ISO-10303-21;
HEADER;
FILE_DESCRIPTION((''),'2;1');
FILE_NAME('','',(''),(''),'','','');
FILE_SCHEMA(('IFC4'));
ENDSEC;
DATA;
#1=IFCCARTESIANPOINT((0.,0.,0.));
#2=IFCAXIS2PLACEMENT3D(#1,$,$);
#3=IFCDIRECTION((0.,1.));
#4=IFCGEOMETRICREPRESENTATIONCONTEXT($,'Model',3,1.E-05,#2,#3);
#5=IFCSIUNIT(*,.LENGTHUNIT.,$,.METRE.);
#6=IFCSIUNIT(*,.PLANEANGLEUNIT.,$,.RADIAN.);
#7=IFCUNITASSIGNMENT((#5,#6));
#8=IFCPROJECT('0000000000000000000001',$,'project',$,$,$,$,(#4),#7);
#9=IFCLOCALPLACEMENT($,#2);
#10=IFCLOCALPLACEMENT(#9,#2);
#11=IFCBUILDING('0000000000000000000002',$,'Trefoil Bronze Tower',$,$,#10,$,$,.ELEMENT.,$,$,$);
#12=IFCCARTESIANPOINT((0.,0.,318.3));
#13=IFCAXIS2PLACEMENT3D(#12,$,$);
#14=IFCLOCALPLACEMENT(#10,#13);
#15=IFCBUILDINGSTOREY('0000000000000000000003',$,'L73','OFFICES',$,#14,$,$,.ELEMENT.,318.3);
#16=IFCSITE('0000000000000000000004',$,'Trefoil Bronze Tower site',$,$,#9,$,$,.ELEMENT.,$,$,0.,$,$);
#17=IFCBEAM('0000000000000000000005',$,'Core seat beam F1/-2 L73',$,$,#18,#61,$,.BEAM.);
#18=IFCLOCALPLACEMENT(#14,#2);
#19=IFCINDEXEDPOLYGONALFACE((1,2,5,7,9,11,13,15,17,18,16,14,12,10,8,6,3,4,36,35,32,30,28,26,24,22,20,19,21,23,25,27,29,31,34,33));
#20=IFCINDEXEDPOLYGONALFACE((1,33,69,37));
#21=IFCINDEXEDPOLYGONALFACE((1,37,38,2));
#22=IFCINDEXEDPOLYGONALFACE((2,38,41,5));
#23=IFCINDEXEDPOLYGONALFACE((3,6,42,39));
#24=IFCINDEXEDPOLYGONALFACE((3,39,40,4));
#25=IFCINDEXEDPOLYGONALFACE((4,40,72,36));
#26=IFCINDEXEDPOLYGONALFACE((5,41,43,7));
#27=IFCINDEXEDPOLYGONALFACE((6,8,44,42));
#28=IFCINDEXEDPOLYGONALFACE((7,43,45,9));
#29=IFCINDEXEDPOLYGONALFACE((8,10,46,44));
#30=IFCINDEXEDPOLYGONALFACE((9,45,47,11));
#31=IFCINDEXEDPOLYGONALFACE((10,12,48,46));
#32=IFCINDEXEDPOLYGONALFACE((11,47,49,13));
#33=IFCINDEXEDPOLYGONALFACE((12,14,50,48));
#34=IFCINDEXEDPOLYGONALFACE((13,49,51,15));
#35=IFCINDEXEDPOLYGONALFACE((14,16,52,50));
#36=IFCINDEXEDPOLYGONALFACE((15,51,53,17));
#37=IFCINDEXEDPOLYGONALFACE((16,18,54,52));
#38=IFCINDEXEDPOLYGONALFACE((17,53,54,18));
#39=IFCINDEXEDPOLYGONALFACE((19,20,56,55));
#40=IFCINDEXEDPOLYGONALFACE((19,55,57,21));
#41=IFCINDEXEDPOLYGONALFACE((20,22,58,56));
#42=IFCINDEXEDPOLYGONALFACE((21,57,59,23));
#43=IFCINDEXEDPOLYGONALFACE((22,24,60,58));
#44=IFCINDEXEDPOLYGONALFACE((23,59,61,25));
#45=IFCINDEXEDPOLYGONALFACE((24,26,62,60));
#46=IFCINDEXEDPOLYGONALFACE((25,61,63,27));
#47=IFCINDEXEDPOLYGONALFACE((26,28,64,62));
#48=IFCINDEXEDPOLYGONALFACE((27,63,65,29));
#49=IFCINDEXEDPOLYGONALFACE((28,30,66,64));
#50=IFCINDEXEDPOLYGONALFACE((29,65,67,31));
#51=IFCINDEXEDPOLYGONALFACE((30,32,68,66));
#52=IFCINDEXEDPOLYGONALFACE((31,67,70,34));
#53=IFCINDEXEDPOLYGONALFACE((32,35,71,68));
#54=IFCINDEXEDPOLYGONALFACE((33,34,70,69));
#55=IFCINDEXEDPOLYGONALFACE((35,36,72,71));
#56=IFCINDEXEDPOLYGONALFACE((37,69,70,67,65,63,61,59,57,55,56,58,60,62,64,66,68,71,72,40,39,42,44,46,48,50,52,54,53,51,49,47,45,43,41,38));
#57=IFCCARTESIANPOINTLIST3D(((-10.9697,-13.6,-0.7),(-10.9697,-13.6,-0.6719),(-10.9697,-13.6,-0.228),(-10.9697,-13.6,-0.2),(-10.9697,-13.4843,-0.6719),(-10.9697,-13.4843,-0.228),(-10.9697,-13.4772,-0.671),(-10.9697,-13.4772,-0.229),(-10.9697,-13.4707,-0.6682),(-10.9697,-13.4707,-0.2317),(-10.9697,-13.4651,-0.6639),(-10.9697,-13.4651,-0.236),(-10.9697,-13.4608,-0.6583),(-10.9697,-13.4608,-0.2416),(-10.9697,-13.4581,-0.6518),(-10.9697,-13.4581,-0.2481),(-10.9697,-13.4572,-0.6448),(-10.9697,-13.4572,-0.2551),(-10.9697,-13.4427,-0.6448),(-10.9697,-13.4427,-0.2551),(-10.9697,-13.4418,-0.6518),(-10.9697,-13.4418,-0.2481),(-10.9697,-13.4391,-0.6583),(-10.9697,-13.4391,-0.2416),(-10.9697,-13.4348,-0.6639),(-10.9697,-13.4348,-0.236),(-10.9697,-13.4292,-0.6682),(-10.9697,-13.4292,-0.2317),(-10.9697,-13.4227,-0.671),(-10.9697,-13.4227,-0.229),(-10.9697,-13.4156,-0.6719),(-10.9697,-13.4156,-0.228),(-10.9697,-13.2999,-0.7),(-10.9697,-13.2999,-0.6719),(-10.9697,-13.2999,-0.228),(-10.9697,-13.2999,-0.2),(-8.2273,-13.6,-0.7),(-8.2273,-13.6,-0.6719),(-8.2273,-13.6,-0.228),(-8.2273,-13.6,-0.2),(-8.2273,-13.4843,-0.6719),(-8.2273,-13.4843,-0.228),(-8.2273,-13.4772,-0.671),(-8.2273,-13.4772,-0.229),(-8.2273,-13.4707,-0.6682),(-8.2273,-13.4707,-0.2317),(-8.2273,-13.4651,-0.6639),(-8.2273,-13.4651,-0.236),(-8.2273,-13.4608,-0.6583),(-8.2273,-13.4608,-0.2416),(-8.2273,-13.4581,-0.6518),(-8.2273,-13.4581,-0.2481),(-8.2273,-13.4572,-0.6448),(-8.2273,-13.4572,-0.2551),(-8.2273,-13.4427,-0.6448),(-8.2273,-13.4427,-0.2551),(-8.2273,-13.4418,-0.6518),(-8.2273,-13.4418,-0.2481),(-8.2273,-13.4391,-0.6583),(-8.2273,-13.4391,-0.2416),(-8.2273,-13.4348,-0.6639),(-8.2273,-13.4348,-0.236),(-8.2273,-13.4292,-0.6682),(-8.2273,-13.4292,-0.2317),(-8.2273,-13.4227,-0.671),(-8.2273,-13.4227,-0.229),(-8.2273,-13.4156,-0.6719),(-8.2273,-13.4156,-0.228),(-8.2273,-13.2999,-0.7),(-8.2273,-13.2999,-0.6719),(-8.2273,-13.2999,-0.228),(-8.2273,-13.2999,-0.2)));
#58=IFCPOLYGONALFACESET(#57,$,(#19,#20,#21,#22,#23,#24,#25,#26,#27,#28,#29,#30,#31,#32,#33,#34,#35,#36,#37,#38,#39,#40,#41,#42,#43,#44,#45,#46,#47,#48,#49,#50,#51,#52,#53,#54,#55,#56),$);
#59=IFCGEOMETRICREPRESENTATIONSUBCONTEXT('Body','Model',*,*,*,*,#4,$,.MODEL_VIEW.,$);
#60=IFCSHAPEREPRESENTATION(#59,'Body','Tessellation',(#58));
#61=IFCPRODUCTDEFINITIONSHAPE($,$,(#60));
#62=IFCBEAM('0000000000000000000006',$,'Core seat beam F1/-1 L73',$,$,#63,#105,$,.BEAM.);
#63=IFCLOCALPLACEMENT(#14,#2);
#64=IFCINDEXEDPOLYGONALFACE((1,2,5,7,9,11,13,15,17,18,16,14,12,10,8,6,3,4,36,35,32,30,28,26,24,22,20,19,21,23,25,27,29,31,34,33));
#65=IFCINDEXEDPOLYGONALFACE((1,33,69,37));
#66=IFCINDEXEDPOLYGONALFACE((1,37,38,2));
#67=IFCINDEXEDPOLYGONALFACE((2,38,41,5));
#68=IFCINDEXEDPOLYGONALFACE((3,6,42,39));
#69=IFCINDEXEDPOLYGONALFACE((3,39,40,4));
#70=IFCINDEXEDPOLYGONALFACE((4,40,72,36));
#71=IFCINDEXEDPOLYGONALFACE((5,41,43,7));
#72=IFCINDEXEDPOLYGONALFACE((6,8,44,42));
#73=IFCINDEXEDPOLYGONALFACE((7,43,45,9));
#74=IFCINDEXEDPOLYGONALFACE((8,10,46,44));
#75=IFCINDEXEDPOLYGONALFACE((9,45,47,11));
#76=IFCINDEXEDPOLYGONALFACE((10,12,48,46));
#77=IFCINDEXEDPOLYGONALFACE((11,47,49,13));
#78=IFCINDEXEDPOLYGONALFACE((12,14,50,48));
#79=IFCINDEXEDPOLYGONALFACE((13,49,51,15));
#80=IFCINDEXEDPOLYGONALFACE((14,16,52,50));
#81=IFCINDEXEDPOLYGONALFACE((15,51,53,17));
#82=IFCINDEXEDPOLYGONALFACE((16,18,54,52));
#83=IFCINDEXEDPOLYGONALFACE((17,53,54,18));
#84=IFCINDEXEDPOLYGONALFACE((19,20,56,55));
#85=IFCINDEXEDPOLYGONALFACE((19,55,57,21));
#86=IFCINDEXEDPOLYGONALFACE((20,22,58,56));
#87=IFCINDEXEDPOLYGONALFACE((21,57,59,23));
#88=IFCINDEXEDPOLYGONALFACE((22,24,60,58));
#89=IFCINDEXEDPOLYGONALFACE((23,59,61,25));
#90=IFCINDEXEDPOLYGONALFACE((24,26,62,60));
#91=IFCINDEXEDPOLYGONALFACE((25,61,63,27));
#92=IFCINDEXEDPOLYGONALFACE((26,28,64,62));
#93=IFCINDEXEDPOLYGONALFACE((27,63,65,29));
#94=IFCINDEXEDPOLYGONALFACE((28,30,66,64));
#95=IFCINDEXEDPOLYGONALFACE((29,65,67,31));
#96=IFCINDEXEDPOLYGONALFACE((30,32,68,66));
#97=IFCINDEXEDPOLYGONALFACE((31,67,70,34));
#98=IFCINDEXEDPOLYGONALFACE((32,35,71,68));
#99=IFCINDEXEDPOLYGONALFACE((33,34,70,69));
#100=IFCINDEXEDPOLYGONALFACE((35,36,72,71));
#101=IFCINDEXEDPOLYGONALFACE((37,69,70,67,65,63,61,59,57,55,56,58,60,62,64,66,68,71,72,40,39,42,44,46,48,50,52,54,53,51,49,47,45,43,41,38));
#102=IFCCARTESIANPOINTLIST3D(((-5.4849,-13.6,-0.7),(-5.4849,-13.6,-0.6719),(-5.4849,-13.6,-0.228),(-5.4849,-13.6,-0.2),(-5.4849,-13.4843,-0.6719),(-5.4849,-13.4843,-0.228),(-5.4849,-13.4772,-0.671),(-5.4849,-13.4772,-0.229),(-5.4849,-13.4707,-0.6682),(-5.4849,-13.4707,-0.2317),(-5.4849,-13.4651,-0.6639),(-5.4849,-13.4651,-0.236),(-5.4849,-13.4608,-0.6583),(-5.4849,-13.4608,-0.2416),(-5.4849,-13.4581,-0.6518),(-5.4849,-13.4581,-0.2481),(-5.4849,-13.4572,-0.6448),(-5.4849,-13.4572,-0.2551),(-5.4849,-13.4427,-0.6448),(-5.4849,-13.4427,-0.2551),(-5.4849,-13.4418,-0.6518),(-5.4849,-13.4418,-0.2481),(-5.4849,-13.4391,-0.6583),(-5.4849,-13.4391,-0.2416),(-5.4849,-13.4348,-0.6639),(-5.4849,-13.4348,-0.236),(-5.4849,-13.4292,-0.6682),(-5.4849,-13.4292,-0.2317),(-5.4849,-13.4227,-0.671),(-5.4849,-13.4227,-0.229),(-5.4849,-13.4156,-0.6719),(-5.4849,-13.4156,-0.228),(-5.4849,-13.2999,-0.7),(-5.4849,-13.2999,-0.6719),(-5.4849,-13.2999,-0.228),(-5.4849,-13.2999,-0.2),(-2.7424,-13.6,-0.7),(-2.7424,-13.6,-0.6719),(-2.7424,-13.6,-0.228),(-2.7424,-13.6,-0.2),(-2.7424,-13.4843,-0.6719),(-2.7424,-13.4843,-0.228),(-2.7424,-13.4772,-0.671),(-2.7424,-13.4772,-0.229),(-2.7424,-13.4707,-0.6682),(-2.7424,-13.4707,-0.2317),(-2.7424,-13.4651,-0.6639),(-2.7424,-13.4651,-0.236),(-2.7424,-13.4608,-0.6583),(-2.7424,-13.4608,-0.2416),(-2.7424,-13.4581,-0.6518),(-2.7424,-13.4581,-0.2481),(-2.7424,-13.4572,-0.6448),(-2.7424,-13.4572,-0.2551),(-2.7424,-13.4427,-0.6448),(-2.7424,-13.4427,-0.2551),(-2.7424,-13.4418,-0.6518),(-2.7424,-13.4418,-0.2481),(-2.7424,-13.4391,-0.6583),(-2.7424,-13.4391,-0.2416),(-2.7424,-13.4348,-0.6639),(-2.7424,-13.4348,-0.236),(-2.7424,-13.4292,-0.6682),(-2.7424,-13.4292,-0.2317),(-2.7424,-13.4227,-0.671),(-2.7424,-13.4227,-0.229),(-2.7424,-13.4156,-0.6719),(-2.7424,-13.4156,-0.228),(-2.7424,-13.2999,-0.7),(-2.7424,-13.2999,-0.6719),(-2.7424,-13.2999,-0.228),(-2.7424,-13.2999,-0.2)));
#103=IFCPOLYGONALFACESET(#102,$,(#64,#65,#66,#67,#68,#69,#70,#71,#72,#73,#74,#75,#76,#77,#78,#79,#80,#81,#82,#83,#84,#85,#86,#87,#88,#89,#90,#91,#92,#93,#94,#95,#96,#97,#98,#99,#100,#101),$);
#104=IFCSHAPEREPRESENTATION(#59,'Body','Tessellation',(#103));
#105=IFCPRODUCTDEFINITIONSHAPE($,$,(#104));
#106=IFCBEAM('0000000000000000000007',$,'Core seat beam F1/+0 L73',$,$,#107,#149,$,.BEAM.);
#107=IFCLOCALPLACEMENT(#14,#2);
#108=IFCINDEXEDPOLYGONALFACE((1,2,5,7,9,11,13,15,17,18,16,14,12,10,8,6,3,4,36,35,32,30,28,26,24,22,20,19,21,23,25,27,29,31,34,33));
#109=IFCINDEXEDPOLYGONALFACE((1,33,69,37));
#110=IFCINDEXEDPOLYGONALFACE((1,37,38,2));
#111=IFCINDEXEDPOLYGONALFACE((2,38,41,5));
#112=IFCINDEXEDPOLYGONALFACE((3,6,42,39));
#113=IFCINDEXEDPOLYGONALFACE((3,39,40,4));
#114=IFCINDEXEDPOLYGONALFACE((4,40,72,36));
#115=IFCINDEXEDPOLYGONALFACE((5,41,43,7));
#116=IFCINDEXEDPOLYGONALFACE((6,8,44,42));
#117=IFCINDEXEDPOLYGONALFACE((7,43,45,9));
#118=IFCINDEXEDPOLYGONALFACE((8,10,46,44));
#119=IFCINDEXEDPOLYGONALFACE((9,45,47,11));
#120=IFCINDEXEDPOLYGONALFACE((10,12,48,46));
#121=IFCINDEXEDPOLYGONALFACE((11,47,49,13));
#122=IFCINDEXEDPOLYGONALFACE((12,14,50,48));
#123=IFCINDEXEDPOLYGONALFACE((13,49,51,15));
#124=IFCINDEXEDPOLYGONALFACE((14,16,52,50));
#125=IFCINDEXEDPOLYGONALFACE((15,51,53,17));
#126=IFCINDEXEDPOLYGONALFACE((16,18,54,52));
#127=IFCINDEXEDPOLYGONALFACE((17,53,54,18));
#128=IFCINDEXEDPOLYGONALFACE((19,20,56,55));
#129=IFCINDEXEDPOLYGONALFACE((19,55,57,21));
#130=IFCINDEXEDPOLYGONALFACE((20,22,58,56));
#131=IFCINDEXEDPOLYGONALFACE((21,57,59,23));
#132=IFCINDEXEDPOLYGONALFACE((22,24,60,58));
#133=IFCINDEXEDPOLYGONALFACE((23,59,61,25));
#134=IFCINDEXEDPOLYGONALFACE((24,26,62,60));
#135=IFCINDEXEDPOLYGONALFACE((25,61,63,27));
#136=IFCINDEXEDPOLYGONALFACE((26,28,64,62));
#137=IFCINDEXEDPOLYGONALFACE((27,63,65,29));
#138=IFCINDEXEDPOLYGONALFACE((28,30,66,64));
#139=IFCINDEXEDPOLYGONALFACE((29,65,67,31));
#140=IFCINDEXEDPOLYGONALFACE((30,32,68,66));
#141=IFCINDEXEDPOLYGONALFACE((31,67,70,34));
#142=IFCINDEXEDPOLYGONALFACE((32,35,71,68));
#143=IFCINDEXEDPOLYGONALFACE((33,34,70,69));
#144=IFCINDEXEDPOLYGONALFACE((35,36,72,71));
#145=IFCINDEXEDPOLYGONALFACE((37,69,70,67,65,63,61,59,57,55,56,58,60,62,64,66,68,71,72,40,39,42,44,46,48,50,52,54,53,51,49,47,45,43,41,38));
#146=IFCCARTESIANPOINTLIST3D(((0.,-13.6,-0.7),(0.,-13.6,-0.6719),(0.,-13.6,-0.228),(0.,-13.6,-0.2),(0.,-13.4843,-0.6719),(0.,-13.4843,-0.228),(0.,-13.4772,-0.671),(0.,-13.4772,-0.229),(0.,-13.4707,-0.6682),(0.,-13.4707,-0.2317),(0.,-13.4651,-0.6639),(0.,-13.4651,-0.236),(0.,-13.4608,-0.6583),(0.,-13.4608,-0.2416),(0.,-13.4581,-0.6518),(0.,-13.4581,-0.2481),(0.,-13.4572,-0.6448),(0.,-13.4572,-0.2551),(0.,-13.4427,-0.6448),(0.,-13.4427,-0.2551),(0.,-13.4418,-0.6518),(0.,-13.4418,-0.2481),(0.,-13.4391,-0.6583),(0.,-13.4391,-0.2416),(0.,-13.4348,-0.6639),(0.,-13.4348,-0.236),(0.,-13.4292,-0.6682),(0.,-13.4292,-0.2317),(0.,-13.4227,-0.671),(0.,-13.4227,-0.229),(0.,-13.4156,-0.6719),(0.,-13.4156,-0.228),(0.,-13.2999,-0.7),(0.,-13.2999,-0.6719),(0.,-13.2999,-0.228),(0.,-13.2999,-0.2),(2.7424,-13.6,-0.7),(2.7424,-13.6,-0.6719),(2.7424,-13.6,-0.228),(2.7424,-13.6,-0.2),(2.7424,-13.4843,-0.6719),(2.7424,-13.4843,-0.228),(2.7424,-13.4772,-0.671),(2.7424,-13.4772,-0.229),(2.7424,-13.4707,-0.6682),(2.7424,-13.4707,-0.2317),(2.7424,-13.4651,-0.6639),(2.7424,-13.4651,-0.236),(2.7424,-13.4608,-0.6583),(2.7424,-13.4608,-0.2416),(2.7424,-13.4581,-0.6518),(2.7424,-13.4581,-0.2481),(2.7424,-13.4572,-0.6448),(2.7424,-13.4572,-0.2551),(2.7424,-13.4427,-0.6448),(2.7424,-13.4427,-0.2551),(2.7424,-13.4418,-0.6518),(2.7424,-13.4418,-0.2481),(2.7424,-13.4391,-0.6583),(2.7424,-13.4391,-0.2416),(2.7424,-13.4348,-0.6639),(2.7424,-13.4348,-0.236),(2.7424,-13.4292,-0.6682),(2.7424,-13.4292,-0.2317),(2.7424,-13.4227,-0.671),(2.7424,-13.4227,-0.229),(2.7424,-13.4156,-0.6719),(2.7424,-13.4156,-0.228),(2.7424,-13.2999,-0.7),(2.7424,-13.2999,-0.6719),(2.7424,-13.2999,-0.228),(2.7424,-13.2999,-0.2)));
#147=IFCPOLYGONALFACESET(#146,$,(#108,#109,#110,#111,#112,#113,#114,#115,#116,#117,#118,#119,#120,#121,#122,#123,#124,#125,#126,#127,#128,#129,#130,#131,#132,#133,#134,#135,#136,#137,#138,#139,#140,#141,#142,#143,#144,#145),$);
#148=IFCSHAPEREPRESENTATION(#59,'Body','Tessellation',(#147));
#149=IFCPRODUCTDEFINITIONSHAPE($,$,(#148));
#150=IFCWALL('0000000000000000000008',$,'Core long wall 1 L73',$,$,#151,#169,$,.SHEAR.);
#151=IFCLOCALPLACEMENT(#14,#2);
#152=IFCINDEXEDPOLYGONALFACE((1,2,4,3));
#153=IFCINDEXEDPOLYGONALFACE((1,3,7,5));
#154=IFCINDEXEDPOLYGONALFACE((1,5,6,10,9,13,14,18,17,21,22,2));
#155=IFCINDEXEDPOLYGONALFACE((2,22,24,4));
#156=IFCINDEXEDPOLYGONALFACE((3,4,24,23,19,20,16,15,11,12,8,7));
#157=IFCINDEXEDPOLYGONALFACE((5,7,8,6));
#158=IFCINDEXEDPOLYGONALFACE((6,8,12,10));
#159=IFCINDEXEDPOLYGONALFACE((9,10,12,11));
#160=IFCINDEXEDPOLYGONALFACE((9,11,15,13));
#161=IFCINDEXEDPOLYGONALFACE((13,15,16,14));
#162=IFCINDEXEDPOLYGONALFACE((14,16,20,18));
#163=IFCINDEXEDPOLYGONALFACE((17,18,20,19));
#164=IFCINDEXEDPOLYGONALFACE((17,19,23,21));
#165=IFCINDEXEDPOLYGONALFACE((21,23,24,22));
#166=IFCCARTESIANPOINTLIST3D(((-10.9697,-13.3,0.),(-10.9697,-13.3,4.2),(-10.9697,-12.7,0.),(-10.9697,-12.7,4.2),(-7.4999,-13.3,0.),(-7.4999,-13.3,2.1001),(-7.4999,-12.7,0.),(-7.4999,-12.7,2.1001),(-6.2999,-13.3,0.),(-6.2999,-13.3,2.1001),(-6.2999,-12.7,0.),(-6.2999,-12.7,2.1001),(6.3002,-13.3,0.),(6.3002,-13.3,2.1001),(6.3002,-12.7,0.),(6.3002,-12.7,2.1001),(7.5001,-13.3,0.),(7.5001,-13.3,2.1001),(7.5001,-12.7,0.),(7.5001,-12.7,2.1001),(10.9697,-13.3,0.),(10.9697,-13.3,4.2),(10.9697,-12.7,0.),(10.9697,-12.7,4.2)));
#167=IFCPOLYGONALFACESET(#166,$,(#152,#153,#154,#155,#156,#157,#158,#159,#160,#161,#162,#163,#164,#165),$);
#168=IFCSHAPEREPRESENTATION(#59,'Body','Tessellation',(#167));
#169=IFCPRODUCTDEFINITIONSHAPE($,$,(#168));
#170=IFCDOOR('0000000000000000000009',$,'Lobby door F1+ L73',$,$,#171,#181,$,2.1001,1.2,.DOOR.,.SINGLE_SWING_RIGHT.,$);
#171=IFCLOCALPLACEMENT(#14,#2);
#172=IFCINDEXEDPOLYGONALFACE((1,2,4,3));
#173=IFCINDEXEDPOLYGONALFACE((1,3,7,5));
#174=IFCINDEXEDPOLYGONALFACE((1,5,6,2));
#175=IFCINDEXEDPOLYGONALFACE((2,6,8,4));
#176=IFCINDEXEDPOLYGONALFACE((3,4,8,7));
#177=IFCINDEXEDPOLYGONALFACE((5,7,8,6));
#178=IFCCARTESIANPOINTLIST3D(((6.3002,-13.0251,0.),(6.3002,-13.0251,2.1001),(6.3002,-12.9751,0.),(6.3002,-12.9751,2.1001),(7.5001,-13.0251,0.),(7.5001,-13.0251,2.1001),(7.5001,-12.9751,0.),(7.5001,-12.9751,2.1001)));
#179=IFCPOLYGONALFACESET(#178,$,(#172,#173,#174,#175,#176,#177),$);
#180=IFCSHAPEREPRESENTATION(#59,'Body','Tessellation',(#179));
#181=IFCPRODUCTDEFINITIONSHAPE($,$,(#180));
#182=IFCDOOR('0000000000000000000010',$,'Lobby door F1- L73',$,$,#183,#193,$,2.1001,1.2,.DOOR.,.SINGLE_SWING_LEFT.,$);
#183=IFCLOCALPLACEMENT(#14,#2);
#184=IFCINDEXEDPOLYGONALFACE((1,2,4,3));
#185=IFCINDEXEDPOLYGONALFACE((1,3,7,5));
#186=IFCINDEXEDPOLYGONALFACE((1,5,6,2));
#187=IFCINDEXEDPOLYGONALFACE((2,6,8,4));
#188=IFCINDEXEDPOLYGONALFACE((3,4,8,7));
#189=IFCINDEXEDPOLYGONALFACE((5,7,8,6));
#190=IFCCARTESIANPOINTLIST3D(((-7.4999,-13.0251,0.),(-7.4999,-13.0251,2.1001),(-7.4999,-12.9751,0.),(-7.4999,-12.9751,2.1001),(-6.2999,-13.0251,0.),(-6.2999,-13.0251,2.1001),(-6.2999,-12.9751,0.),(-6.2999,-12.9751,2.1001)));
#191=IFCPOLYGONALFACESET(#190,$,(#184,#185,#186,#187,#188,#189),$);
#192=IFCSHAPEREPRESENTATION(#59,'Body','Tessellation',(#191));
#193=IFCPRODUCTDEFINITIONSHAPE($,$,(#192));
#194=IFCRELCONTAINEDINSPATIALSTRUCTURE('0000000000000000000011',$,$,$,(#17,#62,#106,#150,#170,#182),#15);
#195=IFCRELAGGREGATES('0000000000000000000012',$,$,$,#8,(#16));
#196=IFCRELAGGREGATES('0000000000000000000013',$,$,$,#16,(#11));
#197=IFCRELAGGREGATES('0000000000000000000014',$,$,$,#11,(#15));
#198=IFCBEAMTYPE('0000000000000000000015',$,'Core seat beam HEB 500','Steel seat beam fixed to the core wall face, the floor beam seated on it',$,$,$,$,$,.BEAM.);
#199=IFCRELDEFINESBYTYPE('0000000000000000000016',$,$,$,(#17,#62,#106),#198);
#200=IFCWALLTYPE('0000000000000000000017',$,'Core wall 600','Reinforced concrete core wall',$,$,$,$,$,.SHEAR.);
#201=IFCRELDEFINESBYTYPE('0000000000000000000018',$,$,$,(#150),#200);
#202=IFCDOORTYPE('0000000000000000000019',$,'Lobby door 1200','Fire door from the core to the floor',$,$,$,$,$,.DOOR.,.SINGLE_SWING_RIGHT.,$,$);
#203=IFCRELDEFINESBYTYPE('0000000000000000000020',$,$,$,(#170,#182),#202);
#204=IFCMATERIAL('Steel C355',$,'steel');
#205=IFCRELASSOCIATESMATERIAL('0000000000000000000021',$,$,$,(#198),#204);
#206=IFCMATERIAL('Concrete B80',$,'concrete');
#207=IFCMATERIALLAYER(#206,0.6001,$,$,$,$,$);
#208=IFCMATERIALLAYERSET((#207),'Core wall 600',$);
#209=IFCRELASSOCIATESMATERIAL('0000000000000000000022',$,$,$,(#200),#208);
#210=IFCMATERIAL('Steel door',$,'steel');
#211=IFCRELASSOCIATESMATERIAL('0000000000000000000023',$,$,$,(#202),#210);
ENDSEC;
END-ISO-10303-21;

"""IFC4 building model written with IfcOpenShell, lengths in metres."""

from ifc_helpers import new_model, si_unit, direction, frame, frame_2d, origin, origin_2d, place, context, subcontext, project, spatial, rectangle, i_section, extrude, material, layer, layer_set, material_profile, profile_set, type_object, element, fill, save


model = new_model("IFC4")

# Units and contexts
model_context = context("Model", 3, precision=1e-05, world=origin(), true_north=direction((0.0, 1.0)))
body_context = subcontext(model_context, "Body", "Model", "MODEL_VIEW")
ifc_project = project(units=[si_unit("LENGTHUNIT", "METRE"), si_unit("PLANEANGLEUNIT", "RADIAN")], contexts=[model_context])

# Site, building, storey
site_placement = place(None, origin())
site = spatial("IfcSite", under=ifc_project, at=site_placement, Name="Trefoil Bronze Tower site", CompositionType="ELEMENT", RefElevation=0.0)
building_placement = place(site_placement, origin())
building = spatial("IfcBuilding", under=site, at=building_placement, Name="Trefoil Bronze Tower", CompositionType="ELEMENT")
storey_placement = place(building_placement, frame((0.0, 0.0, 318.3)))
storey = spatial("IfcBuildingStorey", under=building, at=storey_placement, Name="L73", Description="OFFICES", CompositionType="ELEMENT", Elevation=318.3)

# Beams
ifc_material_1 = material(Name="Steel C355", Category="steel")
ifc_material_profile = material_profile(ifc_material_1, i_section(OverallWidth=0.3, OverallDepth=0.5, WebThickness=0.0144, FlangeThickness=0.0281, FilletRadius=0.0271, at=origin_2d()), Name="HEB 500")
ifc_profile_set = profile_set([ifc_material_profile], Name="Steel C355")
beam_type = type_object("IfcBeamType", Name="Core seat beam HEB 500", Description="Steel seat beam fixed to the core wall face, the floor beam seated on it", PredefinedType="BEAM", material=ifc_profile_set)
for number, where, z_axis, x_axis, name in (
    (1, (-10.9697, -13.45, -0.45), (1.0, 0.0, 0.0), (0.0, 1.0, 0.0), "Core seat beam F1/-2 L73"),
    (2, (-5.4849, -13.45, -0.45), (1.0, 0.0, 0.0), (0.0, 1.0, 0.0), "Core seat beam F1/-1 L73"),
    (3, (0.0, -13.45, -0.45), (1.0, 0.0, 0.0), (0.0, 1.0, 0.0), "Core seat beam F1/+0 L73"),
):
    element("IfcBeam", number, at=place(storey_placement, frame(where, z_axis=z_axis, x_axis=x_axis)), inside=storey, type_object=beam_type, Name=name, PredefinedType="BEAM", context=body_context, shape_type="SweptSolid", body=[
        extrude(i_section(OverallWidth=0.3, OverallDepth=0.5, WebThickness=0.0144, FlangeThickness=0.0281, FilletRadius=0.0271, at=origin_2d()), origin(), (0.0, 0.0, 1.0), 2.7424),
    ])

# Wall, openings, doors
ifc_material_2 = material(Name="Concrete B80", Category="concrete")
ifc_layer_1 = layer(ifc_material_2, 0.6001)
ifc_layer_set_1 = layer_set([ifc_layer_1], Name="Core wall 600")
wall_type_1 = type_object("IfcWallType", Name="Core wall 600", Description="Reinforced concrete core wall", PredefinedType="SHEAR", material=ifc_layer_set_1)
wall_1_placement = place(storey_placement, frame((-10.9697, -13.0, 0.0), z_axis=(0.0, 0.0, 1.0), x_axis=(1.0, 0.0, 0.0)))
wall_1 = element("IfcWall", 4, at=wall_1_placement, inside=storey, type_object=wall_type_1, Name="Core long wall 1 L73", PredefinedType="SHEAR", context=body_context, shape_type="SweptSolid", body=[
    extrude(rectangle(XDim=21.9395, YDim=0.6001, at=frame_2d((10.9697, 0.0))), origin(), (0.0, 0.0, 1.0), 4.2),
])
opening_1_placement = place(wall_1_placement, frame((17.2698, 0.0, 0.0)))
opening_1 = element("IfcOpeningElement", 5, at=opening_1_placement, cuts=wall_1, PredefinedType="OPENING", context=body_context, shape_type="SweptSolid", body=[
    extrude(rectangle(XDim=1.2, YDim=2.1001, at=frame_2d((0.6001, 1.05))), frame((0.0, 0.3101, 0.0), z_axis=(0.0, -1.0, 0.0), x_axis=(1.0, 0.0, 0.0)), (0.0, 0.0, 1.0), 0.6201),
])
opening_2_placement = place(wall_1_placement, frame((3.4697, 0.0, 0.0)))
opening_2 = element("IfcOpeningElement", 6, at=opening_2_placement, cuts=wall_1, PredefinedType="OPENING", context=body_context, shape_type="SweptSolid", body=[
    extrude(rectangle(XDim=1.2, YDim=2.1001, at=frame_2d((0.6001, 1.05))), frame((0.0, 0.3101, 0.0), z_axis=(0.0, -1.0, 0.0), x_axis=(1.0, 0.0, 0.0)), (0.0, 0.0, 1.0), 0.6201),
])
ifc_material_3 = material(Name="Steel door", Category="steel")
door_type_1 = type_object("IfcDoorType", Name="Lobby door 1200", Description="Fire door from the core to the floor", OperationType="SINGLE_SWING_RIGHT", PredefinedType="DOOR", material=ifc_material_3)
door_1_placement = place(opening_1_placement, origin())
door_1 = element("IfcDoor", 7, at=door_1_placement, inside=storey, type_object=door_type_1, Name="Lobby door F1+ L73", OperationType="SINGLE_SWING_RIGHT", OverallHeight=2.1001, OverallWidth=1.2, PredefinedType="DOOR", context=body_context, shape_type="SweptSolid", body=[
    extrude(rectangle(XDim=1.2, YDim=2.1001, at=frame_2d((0.6001, 1.05))), frame((0.0, 0.0249, 0.0), z_axis=(0.0, -1.0, 0.0), x_axis=(1.0, 0.0, 0.0)), (0.0, 0.0, 1.0), 0.05),
])
fill(opening_1, door_1)
door_2_placement = place(opening_2_placement, origin())
door_2 = element("IfcDoor", 8, at=door_2_placement, inside=storey, type_object=door_type_1, Name="Lobby door F1- L73", OperationType="SINGLE_SWING_LEFT", OverallHeight=2.1001, OverallWidth=1.2, PredefinedType="DOOR", context=body_context, shape_type="SweptSolid", body=[
    extrude(rectangle(XDim=1.2, YDim=2.1001, at=frame_2d((0.6001, 1.05))), frame((0.0, 0.0249, 0.0), z_axis=(0.0, -1.0, 0.0), x_axis=(1.0, 0.0, 0.0)), (0.0, 0.0, 1.0), 0.05),
])
fill(opening_2, door_2)

save(model, "model.ifc")
